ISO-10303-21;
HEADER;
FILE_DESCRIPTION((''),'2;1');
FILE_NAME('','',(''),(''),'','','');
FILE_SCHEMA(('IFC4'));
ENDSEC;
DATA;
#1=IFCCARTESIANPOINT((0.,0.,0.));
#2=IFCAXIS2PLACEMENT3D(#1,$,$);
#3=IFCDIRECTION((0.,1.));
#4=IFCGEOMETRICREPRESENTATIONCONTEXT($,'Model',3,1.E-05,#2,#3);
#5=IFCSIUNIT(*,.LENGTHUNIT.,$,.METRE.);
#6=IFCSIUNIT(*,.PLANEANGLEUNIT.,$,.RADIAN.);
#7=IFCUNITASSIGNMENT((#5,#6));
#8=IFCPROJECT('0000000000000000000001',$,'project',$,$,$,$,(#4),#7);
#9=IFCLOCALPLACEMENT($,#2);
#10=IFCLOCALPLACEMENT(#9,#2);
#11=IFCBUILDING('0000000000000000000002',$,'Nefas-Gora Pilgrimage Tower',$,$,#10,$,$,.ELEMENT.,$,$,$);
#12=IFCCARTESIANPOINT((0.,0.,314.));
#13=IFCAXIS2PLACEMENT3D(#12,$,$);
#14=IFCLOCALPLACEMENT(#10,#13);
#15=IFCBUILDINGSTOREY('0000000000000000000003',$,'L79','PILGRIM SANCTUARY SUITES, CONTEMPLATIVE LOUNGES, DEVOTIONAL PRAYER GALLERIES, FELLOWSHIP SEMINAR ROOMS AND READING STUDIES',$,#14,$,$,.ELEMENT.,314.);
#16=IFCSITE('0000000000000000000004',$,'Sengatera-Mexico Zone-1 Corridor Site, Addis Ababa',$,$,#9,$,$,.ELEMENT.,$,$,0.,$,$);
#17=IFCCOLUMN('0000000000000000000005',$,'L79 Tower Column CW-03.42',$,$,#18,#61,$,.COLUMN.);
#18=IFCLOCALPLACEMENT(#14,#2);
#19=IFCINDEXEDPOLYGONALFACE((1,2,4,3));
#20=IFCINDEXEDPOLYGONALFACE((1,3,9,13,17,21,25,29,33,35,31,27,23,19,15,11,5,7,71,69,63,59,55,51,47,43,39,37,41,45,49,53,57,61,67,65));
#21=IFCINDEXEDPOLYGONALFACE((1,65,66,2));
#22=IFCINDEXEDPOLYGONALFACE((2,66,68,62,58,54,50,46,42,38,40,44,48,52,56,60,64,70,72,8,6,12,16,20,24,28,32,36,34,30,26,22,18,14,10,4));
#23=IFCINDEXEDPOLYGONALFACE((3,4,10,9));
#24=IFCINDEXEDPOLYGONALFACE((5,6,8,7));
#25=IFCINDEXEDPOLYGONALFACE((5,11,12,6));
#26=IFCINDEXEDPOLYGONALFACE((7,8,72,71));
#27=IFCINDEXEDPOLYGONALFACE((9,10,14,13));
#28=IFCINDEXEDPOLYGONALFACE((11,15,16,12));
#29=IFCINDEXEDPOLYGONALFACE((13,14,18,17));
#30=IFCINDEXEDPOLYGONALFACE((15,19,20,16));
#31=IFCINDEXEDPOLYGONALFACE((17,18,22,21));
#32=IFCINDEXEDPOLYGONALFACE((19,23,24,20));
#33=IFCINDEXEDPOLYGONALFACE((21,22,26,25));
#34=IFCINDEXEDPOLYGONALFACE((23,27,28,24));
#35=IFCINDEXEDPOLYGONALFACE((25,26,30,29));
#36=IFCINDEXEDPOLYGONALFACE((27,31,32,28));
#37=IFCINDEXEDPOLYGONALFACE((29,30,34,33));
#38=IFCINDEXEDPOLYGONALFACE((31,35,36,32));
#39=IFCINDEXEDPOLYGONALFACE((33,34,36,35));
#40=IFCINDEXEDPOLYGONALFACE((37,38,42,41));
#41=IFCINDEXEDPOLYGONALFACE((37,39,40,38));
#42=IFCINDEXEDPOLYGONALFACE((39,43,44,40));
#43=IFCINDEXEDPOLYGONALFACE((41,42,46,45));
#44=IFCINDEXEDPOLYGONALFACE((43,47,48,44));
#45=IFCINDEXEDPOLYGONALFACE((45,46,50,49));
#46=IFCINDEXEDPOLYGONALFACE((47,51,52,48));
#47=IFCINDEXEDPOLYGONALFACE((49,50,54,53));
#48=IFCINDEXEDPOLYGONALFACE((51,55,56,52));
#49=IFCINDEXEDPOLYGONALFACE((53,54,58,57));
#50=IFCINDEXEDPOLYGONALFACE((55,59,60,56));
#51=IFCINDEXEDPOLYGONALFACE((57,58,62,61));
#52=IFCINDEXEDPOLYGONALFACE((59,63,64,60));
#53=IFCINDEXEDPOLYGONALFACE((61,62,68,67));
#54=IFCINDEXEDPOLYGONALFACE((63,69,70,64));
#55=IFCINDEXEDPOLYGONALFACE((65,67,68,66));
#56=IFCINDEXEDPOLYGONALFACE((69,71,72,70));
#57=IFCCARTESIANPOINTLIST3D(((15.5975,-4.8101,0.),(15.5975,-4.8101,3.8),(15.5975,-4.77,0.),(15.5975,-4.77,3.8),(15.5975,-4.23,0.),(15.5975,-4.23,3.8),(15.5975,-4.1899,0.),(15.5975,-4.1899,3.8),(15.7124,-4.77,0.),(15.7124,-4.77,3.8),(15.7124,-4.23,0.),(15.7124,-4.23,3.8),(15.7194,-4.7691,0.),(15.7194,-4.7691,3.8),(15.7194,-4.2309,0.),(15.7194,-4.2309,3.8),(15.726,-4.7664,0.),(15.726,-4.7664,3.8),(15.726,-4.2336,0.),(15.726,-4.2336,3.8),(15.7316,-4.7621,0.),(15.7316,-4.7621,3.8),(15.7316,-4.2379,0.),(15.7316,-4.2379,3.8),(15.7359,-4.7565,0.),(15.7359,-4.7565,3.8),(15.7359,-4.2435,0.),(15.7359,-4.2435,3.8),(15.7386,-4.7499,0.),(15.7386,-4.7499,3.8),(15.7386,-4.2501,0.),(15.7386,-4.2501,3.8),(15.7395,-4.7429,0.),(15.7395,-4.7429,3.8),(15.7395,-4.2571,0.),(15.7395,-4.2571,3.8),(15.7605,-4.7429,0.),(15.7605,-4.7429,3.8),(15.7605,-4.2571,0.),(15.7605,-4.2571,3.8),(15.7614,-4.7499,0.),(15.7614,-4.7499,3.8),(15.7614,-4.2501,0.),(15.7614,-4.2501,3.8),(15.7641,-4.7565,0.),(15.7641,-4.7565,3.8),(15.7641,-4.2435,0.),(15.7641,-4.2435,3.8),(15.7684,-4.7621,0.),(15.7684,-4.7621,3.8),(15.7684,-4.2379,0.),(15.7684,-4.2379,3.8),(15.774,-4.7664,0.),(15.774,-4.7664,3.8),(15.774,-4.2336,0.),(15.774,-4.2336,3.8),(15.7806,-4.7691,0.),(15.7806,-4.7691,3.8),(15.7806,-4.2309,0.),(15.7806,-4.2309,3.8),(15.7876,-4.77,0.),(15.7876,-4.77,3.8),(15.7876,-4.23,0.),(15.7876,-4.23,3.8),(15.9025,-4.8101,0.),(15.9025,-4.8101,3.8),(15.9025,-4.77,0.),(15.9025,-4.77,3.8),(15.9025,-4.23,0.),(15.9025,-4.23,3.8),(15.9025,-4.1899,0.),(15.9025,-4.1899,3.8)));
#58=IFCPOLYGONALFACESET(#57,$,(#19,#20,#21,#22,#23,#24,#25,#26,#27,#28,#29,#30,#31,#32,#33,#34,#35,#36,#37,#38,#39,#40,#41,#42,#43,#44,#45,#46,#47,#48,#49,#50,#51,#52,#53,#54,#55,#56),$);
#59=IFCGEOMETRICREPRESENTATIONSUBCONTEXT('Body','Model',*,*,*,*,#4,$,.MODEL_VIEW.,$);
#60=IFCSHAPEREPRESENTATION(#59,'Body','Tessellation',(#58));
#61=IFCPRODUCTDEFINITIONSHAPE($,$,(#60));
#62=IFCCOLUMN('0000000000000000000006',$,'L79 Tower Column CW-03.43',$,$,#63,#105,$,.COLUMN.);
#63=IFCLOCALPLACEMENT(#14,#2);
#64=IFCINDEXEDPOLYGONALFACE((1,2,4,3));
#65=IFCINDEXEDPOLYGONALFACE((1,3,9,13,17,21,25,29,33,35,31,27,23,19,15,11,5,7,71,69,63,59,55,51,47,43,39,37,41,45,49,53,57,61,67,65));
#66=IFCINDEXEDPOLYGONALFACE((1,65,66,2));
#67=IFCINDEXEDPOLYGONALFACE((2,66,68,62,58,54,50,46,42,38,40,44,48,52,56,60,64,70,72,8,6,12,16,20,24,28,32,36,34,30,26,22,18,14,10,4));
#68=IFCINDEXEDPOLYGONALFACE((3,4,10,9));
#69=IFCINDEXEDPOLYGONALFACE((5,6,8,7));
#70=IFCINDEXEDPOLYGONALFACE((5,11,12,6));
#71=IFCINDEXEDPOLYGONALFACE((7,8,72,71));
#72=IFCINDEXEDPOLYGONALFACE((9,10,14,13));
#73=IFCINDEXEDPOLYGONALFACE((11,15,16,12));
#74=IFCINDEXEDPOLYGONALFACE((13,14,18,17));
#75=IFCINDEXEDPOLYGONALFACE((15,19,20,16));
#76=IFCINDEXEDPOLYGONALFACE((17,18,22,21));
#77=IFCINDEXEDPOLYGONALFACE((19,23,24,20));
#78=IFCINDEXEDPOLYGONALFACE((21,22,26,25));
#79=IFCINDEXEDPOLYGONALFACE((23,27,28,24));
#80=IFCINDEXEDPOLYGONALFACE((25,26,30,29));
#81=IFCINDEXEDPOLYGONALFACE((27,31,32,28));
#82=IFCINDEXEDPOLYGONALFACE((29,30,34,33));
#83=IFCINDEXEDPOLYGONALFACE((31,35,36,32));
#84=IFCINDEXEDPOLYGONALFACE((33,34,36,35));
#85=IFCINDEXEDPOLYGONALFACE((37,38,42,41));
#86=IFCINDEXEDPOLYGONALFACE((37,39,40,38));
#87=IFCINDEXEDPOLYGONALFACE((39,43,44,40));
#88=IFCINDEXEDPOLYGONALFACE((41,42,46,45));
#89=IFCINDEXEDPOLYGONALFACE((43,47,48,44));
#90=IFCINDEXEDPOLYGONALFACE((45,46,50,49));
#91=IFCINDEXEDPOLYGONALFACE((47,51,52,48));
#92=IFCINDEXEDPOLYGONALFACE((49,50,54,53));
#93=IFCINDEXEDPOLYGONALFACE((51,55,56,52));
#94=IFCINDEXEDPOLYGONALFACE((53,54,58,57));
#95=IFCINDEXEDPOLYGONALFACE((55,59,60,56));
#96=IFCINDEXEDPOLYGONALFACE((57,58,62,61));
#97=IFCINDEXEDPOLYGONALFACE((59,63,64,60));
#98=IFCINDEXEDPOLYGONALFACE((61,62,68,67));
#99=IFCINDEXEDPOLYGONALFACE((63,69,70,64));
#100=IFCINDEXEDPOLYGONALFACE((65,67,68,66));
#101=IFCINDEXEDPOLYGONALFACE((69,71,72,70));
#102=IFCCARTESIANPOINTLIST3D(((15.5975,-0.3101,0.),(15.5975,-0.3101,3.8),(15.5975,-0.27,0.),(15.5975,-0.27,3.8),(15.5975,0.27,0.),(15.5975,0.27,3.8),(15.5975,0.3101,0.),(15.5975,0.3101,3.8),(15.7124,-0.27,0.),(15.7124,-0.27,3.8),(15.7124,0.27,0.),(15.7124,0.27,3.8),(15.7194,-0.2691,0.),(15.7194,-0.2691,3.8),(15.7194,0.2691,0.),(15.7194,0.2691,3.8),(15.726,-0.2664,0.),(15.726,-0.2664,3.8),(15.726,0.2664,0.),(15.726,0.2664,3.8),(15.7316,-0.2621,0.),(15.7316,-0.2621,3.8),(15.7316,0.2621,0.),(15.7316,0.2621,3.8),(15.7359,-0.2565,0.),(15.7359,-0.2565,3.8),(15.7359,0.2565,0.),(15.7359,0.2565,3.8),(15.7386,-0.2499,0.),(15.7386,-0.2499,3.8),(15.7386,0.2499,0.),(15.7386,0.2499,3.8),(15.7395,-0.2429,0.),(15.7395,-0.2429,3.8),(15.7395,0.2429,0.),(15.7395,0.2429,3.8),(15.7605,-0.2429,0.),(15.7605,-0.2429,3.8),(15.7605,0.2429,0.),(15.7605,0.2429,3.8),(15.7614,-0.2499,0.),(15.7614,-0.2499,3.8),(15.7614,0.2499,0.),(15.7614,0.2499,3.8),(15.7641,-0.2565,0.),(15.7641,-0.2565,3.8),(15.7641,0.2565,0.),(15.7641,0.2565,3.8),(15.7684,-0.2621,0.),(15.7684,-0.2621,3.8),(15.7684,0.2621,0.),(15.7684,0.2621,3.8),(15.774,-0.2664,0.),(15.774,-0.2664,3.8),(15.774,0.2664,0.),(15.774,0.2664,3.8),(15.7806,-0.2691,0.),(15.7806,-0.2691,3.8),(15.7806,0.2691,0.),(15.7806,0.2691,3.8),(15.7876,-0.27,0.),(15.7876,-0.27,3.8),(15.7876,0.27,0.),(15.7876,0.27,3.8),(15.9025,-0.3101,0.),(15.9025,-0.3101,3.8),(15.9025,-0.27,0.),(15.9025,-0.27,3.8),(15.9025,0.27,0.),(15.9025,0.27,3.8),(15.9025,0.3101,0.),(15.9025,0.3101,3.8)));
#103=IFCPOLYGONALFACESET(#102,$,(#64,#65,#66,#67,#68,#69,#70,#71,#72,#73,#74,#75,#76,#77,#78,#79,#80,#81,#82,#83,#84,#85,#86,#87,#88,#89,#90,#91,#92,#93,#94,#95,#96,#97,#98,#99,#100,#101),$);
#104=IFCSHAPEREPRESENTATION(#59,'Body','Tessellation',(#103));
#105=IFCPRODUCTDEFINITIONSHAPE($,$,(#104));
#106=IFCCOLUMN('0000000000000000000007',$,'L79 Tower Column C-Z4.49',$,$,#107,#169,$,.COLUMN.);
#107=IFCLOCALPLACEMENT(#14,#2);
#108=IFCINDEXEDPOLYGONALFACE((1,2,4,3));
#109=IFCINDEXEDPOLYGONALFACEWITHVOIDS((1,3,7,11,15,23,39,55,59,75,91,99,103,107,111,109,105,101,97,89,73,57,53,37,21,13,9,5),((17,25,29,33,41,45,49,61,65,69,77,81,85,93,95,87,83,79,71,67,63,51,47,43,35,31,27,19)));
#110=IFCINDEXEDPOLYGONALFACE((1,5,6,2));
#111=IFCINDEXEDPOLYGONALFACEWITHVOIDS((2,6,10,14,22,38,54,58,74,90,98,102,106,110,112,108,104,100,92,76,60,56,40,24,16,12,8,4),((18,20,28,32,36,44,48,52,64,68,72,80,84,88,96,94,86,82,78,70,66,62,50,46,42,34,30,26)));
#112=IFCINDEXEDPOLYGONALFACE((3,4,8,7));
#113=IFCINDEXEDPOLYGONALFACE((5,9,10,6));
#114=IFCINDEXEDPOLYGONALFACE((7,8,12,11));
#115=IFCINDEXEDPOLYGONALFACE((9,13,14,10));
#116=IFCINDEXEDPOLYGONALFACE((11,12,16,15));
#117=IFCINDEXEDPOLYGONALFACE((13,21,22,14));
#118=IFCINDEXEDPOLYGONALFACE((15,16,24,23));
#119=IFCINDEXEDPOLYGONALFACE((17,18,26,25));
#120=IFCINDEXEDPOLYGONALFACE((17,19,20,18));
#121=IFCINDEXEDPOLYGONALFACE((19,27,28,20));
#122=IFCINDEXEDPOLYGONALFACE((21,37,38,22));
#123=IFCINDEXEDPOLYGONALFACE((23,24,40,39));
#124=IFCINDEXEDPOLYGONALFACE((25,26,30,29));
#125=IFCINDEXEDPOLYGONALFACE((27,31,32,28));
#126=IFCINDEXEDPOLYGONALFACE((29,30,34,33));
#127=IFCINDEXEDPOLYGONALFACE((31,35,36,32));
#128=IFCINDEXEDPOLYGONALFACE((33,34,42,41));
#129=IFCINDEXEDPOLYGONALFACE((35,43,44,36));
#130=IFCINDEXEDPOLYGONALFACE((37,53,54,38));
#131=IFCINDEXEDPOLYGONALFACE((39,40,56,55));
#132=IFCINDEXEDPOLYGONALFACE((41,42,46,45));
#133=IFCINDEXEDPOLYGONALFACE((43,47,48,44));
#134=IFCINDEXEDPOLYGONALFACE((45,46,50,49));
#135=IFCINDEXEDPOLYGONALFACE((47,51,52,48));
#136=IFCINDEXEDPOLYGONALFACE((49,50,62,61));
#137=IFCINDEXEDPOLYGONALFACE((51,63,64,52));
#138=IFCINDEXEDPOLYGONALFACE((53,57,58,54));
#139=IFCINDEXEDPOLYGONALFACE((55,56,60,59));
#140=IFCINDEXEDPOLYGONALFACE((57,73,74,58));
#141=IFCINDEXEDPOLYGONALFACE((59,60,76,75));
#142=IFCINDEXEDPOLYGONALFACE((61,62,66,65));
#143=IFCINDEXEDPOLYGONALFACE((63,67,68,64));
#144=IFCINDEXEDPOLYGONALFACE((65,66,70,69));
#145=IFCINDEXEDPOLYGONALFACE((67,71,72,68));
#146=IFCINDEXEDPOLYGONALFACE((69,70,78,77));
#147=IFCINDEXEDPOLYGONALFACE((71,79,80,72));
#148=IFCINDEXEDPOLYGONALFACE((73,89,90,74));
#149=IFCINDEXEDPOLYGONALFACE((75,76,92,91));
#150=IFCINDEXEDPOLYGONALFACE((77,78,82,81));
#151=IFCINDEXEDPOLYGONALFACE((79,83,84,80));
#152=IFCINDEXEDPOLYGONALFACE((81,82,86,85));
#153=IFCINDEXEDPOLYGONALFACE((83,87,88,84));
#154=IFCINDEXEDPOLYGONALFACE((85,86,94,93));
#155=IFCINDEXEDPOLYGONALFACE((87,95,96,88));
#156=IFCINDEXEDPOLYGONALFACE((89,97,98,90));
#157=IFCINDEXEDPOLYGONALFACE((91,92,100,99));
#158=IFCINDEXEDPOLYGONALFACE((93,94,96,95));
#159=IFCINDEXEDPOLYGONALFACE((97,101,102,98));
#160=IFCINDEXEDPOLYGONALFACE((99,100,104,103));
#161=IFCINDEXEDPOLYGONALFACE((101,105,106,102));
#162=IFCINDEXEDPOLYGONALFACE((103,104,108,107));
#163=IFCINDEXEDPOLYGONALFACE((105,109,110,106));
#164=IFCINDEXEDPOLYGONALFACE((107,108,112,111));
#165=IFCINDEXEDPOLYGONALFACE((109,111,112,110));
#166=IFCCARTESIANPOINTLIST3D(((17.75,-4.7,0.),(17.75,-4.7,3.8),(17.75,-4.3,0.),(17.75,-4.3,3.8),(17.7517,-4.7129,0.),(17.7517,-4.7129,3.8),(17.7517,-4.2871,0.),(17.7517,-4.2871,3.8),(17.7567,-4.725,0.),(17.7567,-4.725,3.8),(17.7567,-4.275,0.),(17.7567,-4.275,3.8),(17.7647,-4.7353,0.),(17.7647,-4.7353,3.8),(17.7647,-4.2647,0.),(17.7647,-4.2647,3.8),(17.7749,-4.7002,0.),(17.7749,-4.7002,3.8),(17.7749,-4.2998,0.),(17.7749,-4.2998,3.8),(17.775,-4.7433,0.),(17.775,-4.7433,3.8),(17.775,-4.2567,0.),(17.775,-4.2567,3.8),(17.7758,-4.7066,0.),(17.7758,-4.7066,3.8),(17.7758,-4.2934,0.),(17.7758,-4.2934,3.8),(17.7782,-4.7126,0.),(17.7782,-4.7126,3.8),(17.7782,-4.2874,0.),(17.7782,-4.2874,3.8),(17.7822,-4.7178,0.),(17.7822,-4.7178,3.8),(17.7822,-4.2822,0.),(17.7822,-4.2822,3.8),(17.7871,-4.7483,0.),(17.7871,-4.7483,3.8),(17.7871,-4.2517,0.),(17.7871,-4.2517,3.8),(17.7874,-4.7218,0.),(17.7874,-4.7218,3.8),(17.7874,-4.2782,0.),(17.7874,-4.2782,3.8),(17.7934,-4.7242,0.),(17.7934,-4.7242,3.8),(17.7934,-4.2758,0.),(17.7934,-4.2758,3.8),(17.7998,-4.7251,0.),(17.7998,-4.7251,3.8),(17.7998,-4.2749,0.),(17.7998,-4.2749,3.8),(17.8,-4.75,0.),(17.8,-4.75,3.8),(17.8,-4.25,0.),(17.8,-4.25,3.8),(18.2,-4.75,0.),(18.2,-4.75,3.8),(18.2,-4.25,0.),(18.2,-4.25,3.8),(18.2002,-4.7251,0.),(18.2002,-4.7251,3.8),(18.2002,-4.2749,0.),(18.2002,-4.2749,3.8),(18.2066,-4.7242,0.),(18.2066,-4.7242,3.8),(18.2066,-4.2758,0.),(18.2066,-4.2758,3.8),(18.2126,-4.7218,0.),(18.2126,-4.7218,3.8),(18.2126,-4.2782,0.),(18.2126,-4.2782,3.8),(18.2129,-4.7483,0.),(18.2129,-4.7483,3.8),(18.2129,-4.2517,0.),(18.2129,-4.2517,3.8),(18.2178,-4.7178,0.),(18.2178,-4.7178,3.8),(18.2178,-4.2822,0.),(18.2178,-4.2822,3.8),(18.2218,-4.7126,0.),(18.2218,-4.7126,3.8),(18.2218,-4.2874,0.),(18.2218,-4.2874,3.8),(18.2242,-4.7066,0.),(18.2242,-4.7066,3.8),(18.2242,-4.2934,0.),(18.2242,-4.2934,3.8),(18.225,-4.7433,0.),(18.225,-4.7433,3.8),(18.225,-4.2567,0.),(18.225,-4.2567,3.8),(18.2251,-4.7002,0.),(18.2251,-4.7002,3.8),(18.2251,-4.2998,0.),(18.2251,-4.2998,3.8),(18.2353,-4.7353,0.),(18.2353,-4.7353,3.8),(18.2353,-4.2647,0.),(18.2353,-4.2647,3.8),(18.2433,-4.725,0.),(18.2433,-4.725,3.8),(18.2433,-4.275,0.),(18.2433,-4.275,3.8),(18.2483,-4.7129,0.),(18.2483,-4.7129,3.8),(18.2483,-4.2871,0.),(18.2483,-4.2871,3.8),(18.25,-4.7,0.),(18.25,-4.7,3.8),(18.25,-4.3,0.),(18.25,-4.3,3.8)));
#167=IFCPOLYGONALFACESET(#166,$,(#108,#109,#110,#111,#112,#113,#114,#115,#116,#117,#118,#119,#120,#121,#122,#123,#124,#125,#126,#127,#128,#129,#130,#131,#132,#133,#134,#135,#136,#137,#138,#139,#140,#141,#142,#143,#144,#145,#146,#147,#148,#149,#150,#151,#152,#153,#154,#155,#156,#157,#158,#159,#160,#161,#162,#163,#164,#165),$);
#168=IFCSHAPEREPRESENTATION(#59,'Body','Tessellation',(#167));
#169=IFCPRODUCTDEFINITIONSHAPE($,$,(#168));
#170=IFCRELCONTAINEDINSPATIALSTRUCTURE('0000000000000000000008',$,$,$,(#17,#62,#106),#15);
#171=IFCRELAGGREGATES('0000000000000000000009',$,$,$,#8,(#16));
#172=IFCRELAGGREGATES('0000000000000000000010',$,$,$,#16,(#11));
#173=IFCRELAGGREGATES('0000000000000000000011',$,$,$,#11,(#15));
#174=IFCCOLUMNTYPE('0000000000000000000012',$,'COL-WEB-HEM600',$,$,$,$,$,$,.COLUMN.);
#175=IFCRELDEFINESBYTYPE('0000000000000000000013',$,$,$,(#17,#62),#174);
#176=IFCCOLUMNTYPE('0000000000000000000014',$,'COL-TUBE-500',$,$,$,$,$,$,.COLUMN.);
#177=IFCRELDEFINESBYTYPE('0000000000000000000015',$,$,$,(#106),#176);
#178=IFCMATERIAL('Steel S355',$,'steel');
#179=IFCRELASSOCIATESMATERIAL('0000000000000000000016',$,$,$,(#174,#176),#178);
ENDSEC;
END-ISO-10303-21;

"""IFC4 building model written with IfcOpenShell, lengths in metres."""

from ifc_helpers import new_model, si_unit, direction, frame, origin, origin_2d, place, context, subcontext, project, spatial, hollow_rectangle, i_section, extrude, source, transform, mapped, material, material_profile, profile_set, type_object, element, save


model = new_model("IFC4")

# Units and contexts
model_context = context("Model", 3, precision=1e-05, world=origin(), true_north=direction((0.0, 1.0)))
body_context = subcontext(model_context, "Body", "Model", "MODEL_VIEW")
ifc_project = project(units=[si_unit("LENGTHUNIT", "METRE"), si_unit("PLANEANGLEUNIT", "RADIAN")], contexts=[model_context])

# Site, building, storey
site_placement = place(None, origin())
site = spatial("IfcSite", under=ifc_project, at=site_placement, Name="Sengatera-Mexico Zone-1 Corridor Site, Addis Ababa", CompositionType="ELEMENT", RefElevation=0.0)
building_placement = place(site_placement, origin())
building = spatial("IfcBuilding", under=site, at=building_placement, Name="Nefas-Gora Pilgrimage Tower", CompositionType="ELEMENT")
storey_placement = place(building_placement, frame((0.0, 0.0, 314.0)))
storey = spatial("IfcBuildingStorey", under=building, at=storey_placement, Name="L79", Description="PILGRIM SANCTUARY SUITES, CONTEMPLATIVE LOUNGES, DEVOTIONAL PRAYER GALLERIES, FELLOWSHIP SEMINAR ROOMS AND READING STUDIES", CompositionType="ELEMENT", Elevation=314.0)

# Columns
ifc_material_1 = material(Name="Steel S355", Category="steel")
ifc_material_profile_1 = material_profile(ifc_material_1, i_section(OverallWidth=0.3049, OverallDepth=0.6201, WebThickness=0.021, FlangeThickness=0.04, FilletRadius=0.0271, at=origin_2d()), Name="HEM 600")
ifc_profile_set_1 = profile_set([ifc_material_profile_1], Name="Steel S355")
column_type_1 = type_object("IfcColumnType", Name="COL-WEB-HEM600", PredefinedType="COLUMN", material=ifc_profile_set_1)
shared_shape_1 = source(origin(), body_context, "Body", "SweptSolid", [
    extrude(i_section(OverallWidth=0.3049, OverallDepth=0.6201, WebThickness=0.021, FlangeThickness=0.04, FilletRadius=0.0271, at=origin_2d()), origin(), (0.0, 0.0, 1.0), 3.8),
])
for number, where, z_axis, x_axis, name in (
    (1, (15.75, -4.5, 0.0), (0.0, 0.0, 1.0), (1.0, 0.0, 0.0), "L79 Tower Column CW-03.42"),
    (2, (15.75, 0.0, 0.0), (0.0, 0.0, 1.0), (1.0, 0.0, 0.0), "L79 Tower Column CW-03.43"),
):
    element("IfcColumn", number, at=place(storey_placement, frame(where, z_axis=z_axis, x_axis=x_axis)), inside=storey, type_object=column_type_1, Name=name, PredefinedType="COLUMN", context=body_context, shape_type="MappedRepresentation", body=[
        mapped(shared_shape_1, transform((0.0, 0.0, 0.0), x_axis=(1.0, 0.0, 0.0), y_axis=(0.0, 1.0, 0.0), z_axis=(0.0, 0.0, 1.0), scale=1.0)),
    ])
ifc_material_profile_2 = material_profile(ifc_material_1, hollow_rectangle(XDim=0.5, YDim=0.5, WallThickness=0.0249, InnerFilletRadius=0.0249, OuterFilletRadius=0.05, at=origin_2d()), Name="SHS 500x500x25")
ifc_profile_set_2 = profile_set([ifc_material_profile_2], Name="Steel S355")
column_type_2 = type_object("IfcColumnType", Name="COL-TUBE-500", PredefinedType="COLUMN", material=ifc_profile_set_2)
shared_shape_2 = source(origin(), body_context, "Body", "SweptSolid", [
    extrude(hollow_rectangle(XDim=0.5, YDim=0.5, WallThickness=0.0249, InnerFilletRadius=0.0249, OuterFilletRadius=0.05, at=origin_2d()), origin(), (0.0, 0.0, 1.0), 3.8),
])
for number, where, z_axis, x_axis, name in (
    (3, (18.0, -4.5, 0.0), (0.0, 0.0, 1.0), (1.0, 0.0, 0.0), "L79 Tower Column C-Z4.49"),
):
    element("IfcColumn", number, at=place(storey_placement, frame(where, z_axis=z_axis, x_axis=x_axis)), inside=storey, type_object=column_type_2, Name=name, PredefinedType="COLUMN", context=body_context, shape_type="MappedRepresentation", body=[
        mapped(shared_shape_2, transform((0.0, 0.0, 0.0), x_axis=(1.0, 0.0, 0.0), y_axis=(0.0, 1.0, 0.0), z_axis=(0.0, 0.0, 1.0), scale=1.0)),
    ])

save(model, "model.ifc")
